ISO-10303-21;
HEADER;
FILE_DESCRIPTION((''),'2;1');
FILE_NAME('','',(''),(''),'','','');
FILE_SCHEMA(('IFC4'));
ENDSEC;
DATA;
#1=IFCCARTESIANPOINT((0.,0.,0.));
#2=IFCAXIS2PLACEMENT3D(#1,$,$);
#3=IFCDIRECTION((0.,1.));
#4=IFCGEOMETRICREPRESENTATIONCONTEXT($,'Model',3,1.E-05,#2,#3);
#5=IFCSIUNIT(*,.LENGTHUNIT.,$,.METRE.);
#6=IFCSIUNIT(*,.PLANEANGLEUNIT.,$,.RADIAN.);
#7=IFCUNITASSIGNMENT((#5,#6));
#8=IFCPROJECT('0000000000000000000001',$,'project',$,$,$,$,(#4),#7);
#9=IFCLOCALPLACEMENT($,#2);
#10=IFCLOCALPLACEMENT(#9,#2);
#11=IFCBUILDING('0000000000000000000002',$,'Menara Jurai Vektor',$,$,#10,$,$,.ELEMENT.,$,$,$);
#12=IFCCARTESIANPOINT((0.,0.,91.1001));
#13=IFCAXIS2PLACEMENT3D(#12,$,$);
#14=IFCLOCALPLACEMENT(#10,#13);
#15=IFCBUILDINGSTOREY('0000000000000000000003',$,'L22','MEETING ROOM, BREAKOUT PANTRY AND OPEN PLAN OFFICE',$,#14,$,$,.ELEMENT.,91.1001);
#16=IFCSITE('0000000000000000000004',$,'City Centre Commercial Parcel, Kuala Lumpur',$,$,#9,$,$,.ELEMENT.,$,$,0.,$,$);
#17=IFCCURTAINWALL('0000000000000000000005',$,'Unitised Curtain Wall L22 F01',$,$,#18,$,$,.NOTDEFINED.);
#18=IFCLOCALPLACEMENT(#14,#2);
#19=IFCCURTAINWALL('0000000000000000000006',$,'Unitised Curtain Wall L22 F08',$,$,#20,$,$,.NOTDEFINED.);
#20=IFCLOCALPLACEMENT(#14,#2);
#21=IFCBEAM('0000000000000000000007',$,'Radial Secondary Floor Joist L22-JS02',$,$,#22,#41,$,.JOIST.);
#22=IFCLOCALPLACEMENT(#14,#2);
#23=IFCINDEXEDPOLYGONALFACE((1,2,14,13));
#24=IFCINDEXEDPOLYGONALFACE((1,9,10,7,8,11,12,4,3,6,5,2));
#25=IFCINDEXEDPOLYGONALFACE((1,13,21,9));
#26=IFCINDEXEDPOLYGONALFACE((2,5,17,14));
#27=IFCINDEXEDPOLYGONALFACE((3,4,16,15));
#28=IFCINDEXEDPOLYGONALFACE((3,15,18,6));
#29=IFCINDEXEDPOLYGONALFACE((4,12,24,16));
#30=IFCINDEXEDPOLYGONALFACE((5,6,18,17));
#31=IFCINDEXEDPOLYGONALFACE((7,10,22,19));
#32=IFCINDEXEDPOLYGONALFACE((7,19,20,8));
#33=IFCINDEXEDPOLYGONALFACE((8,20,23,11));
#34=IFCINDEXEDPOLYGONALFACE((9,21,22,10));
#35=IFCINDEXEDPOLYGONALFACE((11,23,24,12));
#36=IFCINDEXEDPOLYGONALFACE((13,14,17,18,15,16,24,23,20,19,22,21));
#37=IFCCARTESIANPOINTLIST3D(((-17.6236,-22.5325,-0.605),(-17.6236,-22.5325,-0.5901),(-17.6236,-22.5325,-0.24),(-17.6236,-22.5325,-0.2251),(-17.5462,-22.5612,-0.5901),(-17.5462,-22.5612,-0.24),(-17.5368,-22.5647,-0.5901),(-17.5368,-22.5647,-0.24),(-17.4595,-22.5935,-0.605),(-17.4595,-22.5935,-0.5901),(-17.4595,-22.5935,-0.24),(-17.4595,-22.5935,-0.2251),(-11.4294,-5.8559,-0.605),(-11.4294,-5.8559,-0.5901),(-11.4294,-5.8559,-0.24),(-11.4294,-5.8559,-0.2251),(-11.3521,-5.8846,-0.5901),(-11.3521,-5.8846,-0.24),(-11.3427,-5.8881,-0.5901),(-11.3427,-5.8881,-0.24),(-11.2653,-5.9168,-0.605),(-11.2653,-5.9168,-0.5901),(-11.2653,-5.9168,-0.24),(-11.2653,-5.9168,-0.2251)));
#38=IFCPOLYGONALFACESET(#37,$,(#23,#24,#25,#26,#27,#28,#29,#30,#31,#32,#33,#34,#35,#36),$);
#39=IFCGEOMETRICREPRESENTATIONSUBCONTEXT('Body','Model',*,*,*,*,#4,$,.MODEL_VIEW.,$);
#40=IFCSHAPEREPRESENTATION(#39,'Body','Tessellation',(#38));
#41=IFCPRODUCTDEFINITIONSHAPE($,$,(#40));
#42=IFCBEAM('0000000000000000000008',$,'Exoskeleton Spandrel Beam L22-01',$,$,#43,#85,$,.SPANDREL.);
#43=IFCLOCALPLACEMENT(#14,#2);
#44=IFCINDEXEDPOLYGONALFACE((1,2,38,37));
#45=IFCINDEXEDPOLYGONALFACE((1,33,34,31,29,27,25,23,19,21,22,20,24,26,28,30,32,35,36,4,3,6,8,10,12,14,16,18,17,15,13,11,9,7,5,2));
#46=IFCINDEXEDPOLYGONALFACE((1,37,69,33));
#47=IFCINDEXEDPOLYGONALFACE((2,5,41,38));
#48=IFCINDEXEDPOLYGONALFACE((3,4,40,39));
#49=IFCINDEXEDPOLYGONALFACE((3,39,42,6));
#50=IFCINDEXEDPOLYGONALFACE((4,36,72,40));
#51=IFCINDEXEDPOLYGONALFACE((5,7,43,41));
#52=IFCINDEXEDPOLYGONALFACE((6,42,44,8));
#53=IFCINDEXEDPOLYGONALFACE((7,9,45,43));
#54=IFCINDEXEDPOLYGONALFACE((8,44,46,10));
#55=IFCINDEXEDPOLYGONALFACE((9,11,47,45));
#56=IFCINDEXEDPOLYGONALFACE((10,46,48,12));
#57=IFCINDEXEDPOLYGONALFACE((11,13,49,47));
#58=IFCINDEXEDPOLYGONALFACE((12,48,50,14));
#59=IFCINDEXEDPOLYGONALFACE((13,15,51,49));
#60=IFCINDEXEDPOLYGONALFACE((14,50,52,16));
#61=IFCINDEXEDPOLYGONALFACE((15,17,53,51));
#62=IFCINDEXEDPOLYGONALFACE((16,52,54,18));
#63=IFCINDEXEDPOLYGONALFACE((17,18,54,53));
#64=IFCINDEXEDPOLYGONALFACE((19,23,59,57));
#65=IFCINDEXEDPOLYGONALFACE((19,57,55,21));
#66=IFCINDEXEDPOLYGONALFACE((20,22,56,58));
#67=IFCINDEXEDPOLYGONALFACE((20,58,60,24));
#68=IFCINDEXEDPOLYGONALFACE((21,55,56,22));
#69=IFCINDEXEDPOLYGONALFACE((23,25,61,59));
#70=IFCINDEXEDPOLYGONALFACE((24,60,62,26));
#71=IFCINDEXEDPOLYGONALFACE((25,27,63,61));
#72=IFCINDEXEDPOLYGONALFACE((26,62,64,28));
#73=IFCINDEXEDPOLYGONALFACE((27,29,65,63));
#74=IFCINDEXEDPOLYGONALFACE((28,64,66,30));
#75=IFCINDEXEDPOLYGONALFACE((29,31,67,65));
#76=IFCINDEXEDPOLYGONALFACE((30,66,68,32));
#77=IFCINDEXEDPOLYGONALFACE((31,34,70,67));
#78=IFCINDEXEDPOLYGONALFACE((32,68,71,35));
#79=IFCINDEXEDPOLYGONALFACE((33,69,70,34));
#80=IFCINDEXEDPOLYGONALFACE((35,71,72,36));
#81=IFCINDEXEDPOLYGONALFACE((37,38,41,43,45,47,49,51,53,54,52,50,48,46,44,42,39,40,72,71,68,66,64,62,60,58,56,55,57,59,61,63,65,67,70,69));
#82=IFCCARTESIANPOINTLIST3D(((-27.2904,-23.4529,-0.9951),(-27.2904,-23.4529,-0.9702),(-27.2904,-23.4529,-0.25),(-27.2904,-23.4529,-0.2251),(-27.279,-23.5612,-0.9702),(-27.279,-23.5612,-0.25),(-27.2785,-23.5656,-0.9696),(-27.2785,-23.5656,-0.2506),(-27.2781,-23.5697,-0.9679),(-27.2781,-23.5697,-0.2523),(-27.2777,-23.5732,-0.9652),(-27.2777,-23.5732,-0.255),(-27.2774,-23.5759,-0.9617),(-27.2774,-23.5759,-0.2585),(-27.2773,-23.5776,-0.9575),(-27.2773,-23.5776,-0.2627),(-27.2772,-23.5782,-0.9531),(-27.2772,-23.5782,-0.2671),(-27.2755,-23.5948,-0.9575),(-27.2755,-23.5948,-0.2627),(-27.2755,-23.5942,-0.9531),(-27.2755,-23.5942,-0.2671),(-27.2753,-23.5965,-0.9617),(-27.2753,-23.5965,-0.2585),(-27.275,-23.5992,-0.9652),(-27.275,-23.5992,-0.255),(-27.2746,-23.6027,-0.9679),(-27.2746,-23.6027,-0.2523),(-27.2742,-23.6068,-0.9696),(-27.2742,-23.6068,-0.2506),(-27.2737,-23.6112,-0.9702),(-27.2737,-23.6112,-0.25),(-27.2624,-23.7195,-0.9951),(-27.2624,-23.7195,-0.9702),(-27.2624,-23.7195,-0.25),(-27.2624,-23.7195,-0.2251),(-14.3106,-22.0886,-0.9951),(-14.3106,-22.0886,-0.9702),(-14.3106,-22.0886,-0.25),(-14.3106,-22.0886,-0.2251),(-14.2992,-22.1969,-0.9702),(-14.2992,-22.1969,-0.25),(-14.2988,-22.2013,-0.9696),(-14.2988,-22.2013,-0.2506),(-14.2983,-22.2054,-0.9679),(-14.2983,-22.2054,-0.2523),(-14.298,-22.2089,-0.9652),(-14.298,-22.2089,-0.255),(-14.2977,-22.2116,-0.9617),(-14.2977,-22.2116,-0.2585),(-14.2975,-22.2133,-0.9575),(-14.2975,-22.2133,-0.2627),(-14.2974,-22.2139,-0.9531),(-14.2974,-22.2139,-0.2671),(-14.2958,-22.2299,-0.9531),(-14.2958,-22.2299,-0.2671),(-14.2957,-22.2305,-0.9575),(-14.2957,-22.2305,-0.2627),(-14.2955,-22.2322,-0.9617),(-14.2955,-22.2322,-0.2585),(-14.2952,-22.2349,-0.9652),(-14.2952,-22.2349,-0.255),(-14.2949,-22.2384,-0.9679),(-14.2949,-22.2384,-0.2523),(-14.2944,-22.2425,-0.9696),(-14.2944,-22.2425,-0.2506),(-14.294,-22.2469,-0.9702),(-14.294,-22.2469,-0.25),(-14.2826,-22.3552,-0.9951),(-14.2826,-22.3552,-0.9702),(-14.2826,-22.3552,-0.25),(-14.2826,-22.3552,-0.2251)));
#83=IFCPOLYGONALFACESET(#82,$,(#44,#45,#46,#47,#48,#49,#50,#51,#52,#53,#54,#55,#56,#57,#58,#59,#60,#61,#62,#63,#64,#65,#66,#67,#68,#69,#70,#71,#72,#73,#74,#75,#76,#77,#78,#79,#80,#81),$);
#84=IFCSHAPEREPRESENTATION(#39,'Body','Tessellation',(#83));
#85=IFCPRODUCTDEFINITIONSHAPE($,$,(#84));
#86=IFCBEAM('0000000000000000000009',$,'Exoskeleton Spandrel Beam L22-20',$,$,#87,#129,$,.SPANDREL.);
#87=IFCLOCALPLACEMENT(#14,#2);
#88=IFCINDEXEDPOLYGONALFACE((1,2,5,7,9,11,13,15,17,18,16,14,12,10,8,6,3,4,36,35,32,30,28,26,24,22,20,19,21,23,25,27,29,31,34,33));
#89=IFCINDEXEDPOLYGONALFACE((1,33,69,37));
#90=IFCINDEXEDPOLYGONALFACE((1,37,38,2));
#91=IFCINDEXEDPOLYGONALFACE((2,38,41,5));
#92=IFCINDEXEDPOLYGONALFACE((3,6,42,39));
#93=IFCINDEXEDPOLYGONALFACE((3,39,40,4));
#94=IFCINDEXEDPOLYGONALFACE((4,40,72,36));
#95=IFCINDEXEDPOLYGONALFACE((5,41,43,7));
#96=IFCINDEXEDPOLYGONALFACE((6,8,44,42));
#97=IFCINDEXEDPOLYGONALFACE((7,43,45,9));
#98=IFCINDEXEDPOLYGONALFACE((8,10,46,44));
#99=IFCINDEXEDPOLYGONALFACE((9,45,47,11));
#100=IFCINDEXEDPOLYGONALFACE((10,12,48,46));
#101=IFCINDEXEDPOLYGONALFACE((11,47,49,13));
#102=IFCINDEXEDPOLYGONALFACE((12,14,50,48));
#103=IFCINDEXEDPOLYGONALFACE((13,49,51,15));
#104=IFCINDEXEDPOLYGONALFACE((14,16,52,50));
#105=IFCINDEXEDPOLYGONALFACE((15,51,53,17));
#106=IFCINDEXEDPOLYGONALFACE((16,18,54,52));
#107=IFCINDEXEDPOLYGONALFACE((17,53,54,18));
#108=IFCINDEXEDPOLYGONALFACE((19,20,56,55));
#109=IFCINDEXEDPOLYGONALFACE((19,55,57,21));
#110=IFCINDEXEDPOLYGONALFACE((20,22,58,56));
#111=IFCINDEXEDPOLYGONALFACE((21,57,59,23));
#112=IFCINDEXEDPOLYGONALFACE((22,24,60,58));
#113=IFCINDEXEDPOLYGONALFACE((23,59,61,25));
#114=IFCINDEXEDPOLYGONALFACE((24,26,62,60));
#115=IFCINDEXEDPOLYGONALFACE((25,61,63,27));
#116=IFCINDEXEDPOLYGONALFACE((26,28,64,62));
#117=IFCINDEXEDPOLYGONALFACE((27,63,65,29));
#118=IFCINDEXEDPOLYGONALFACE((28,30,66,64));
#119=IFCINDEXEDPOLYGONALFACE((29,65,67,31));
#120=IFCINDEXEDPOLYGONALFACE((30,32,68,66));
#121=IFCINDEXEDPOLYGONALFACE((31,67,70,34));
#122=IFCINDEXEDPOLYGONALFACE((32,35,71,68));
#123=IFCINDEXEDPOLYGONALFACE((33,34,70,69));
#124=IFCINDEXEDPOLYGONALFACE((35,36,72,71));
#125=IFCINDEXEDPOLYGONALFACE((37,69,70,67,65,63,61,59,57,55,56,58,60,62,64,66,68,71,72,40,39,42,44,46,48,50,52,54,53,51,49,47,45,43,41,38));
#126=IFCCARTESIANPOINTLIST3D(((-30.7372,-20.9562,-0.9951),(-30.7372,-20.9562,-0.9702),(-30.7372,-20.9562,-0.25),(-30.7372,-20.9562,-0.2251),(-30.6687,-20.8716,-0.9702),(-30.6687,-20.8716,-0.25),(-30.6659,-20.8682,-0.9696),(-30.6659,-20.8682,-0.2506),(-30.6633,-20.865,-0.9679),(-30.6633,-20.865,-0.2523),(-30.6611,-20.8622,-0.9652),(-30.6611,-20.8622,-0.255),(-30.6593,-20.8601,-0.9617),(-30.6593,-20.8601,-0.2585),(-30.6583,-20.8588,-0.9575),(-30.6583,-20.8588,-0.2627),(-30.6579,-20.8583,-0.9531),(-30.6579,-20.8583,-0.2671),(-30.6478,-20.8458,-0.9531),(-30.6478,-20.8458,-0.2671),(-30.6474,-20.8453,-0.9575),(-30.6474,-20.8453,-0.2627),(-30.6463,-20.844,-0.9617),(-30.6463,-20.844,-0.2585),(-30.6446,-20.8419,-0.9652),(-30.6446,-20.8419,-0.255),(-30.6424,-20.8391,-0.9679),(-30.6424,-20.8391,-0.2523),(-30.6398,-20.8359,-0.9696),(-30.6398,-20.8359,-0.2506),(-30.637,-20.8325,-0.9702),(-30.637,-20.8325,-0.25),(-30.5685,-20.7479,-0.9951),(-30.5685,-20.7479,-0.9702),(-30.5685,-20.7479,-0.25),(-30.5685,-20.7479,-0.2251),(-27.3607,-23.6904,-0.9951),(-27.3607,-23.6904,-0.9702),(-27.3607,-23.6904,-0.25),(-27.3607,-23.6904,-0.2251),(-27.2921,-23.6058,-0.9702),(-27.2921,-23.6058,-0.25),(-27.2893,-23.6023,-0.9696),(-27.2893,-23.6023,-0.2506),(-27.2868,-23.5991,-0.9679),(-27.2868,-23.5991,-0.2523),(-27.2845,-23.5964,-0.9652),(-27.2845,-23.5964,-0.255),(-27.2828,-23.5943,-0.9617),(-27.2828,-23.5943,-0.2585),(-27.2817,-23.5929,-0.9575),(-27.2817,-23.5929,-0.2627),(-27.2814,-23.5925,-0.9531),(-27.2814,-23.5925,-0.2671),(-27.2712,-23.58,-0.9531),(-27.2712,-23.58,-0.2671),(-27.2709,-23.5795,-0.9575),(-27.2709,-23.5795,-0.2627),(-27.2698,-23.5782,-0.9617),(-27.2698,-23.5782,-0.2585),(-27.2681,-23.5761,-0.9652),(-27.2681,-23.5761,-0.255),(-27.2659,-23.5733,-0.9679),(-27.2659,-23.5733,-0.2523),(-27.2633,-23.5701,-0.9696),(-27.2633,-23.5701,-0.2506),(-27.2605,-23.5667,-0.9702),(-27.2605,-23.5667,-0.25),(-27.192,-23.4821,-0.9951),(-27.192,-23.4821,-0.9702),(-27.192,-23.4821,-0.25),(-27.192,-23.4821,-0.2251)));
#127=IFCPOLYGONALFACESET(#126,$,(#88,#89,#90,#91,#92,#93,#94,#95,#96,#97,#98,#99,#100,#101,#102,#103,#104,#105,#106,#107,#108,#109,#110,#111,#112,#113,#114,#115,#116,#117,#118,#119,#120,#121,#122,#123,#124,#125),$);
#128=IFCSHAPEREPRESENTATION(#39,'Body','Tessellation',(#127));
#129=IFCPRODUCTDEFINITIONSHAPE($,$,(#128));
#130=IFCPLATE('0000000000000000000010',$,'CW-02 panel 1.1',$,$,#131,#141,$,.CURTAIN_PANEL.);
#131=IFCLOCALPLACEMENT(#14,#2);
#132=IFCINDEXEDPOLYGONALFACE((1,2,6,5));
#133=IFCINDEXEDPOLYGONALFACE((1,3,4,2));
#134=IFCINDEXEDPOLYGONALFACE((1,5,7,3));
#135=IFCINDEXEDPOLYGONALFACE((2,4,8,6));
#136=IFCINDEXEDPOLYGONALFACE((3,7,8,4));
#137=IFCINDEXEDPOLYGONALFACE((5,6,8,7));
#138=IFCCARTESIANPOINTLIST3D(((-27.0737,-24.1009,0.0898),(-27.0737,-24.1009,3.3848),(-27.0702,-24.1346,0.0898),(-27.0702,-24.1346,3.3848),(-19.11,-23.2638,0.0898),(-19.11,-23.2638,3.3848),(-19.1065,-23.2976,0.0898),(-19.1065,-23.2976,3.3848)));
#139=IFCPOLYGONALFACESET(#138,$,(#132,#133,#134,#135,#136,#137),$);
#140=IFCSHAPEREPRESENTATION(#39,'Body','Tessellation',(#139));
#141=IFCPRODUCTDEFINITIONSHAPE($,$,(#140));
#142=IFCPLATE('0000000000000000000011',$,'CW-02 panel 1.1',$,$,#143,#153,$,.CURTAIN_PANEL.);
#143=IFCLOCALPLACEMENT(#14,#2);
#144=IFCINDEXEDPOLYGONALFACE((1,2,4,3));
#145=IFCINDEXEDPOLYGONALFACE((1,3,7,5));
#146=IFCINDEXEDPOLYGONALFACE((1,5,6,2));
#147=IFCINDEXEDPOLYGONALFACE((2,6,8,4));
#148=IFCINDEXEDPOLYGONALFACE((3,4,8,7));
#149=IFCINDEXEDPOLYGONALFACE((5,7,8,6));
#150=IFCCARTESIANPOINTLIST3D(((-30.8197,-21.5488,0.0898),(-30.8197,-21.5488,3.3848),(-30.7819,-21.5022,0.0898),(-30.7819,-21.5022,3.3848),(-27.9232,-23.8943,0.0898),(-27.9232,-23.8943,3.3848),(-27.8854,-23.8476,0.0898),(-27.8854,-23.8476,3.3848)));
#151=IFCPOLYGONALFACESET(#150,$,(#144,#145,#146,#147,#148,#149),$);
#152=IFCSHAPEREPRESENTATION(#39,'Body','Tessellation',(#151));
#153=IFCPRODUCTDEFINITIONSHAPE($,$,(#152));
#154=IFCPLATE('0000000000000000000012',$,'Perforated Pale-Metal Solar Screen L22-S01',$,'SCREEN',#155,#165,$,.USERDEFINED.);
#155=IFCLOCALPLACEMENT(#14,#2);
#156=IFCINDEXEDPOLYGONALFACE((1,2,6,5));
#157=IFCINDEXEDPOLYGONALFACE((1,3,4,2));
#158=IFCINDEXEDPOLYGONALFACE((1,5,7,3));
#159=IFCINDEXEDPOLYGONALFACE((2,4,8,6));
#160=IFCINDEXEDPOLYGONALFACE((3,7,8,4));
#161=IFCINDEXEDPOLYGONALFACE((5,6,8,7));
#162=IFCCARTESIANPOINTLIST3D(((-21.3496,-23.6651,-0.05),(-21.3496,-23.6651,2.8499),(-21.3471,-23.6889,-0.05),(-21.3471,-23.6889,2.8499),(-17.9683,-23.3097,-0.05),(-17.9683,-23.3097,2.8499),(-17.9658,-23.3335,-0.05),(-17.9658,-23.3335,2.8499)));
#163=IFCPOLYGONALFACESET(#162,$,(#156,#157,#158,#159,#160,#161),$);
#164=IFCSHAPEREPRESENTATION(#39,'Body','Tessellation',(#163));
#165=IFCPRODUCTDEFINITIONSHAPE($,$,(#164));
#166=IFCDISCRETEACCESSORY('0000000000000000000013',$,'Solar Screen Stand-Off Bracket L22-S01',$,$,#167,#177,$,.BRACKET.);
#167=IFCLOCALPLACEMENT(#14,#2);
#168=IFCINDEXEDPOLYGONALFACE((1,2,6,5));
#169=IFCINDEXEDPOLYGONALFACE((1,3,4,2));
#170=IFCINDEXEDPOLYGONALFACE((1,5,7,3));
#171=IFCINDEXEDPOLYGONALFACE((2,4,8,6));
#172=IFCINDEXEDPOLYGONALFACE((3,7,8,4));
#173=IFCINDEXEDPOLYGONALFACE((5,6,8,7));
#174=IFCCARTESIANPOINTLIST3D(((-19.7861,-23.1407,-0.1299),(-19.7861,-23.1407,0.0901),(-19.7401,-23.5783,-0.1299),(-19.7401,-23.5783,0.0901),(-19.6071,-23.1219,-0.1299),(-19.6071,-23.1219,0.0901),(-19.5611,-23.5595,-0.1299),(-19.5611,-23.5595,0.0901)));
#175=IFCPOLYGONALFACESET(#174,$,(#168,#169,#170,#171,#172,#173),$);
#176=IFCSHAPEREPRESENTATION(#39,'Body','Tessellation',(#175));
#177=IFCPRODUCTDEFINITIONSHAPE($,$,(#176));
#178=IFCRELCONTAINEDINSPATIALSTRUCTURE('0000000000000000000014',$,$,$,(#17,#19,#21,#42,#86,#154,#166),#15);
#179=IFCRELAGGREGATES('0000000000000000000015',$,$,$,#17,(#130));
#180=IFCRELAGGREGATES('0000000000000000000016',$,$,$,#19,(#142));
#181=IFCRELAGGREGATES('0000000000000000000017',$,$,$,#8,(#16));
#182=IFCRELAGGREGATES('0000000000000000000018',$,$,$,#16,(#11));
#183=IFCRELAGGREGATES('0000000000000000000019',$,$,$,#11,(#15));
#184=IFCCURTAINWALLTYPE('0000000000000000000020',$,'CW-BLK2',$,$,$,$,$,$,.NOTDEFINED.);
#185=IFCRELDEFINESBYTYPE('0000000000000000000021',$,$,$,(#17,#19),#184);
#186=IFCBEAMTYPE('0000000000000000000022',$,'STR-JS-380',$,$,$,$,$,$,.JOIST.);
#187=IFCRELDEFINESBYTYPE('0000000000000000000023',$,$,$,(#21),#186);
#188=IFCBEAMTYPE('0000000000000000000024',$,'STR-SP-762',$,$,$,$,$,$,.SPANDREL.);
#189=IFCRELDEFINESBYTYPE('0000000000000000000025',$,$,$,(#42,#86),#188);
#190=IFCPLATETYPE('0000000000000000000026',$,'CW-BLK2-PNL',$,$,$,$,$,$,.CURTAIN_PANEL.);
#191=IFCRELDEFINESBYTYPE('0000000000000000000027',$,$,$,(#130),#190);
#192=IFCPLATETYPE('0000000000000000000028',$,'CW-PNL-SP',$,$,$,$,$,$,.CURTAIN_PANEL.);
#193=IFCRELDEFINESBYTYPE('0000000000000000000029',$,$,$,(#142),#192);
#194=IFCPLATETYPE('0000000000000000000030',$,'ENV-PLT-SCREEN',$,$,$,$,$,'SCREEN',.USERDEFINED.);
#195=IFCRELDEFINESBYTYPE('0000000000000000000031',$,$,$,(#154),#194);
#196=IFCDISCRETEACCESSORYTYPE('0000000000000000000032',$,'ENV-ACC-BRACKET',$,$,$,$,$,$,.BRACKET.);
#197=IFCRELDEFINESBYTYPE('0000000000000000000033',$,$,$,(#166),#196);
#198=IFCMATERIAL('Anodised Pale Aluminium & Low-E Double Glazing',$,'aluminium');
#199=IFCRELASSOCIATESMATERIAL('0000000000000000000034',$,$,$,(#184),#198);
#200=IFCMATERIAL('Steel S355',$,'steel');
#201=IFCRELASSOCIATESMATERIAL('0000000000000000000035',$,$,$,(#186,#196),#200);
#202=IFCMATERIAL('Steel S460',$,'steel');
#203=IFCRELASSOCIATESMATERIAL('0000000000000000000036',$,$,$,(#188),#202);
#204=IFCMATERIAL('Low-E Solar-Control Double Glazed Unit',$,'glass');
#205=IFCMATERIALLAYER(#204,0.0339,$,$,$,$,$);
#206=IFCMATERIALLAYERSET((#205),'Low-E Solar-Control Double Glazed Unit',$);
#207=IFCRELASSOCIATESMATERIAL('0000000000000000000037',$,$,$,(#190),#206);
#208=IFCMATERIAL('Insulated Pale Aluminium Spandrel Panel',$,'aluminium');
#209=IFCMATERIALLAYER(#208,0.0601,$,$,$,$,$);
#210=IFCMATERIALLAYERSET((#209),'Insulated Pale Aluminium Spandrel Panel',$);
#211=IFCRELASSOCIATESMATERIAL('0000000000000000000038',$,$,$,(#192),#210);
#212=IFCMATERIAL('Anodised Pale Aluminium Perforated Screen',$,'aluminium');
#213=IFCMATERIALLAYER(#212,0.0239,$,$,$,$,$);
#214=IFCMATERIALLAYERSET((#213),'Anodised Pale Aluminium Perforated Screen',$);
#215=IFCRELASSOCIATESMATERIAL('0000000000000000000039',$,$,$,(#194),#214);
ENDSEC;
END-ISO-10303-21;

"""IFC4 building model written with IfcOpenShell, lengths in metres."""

from ifc_helpers import new_model, si_unit, direction, frame, origin, origin_2d, place, context, subcontext, project, spatial, rectangle, i_section, extrude, material, layer, layer_set, material_profile, profile_set, type_object, element, aggregate, save


model = new_model("IFC4")

# Units and contexts
model_context = context("Model", 3, precision=1e-05, world=origin(), true_north=direction((0.0, 1.0)))
body_context = subcontext(model_context, "Body", "Model", "MODEL_VIEW")
ifc_project = project(units=[si_unit("LENGTHUNIT", "METRE"), si_unit("PLANEANGLEUNIT", "RADIAN")], contexts=[model_context])

# Site, building, storey
site_placement = place(None, origin())
site = spatial("IfcSite", under=ifc_project, at=site_placement, Name="City Centre Commercial Parcel, Kuala Lumpur", CompositionType="ELEMENT", RefElevation=0.0)
building_placement = place(site_placement, origin())
building = spatial("IfcBuilding", under=site, at=building_placement, Name="Menara Jurai Vektor", CompositionType="ELEMENT")
storey_placement = place(building_placement, frame((0.0, 0.0, 91.1001)))
storey = spatial("IfcBuildingStorey", under=building, at=storey_placement, Name="L22", Description="MEETING ROOM, BREAKOUT PANTRY AND OPEN PLAN OFFICE", CompositionType="ELEMENT", Elevation=91.1001)

# Shared definitions
ifc_material_1 = material(Name="Steel S460", Category="steel")

# Curtain walls
ifc_material_2 = material(Name="Anodised Pale Aluminium & Low-E Double Glazing", Category="aluminium")
curtain_wall_type = type_object("IfcCurtainWallType", Name="CW-BLK2", PredefinedType="NOTDEFINED", material=ifc_material_2)
curtain_wall_1_placement = place(storey_placement, origin())
curtain_wall_1 = element("IfcCurtainWall", 1, at=curtain_wall_1_placement, inside=storey, type_object=curtain_wall_type, Name="Unitised Curtain Wall L22 F01", PredefinedType="NOTDEFINED")
curtain_wall_2_placement = place(storey_placement, origin())
curtain_wall_2 = element("IfcCurtainWall", 2, at=curtain_wall_2_placement, inside=storey, type_object=curtain_wall_type, Name="Unitised Curtain Wall L22 F08", PredefinedType="NOTDEFINED")

# Shared definitions
ifc_material_3 = material(Name="Steel S355", Category="steel")

# Beams
ifc_material_profile_1 = material_profile(ifc_material_3, i_section(OverallWidth=0.175, OverallDepth=0.3799, WebThickness=0.01, FlangeThickness=0.0149, at=origin_2d()), Name="PG 380x175x58")
ifc_profile_set_1 = profile_set([ifc_material_profile_1], Name="Steel S355")
beam_type_1 = type_object("IfcBeamType", Name="STR-JS-380", PredefinedType="JOIST", material=ifc_profile_set_1)
beam_1_placement = place(storey_placement, frame((-17.5415, -22.563, -0.415), z_axis=(0.348184, 0.937426, 0.0), x_axis=(-0.937426, 0.348184, 0.0)))
element("IfcBeam", 3, at=beam_1_placement, inside=storey, type_object=beam_type_1, Name="Radial Secondary Floor Joist L22-JS02", PredefinedType="JOIST", context=body_context, shape_type="SweptSolid", body=[
    extrude(i_section(OverallWidth=0.175, OverallDepth=0.3799, WebThickness=0.01, FlangeThickness=0.0149, at=origin_2d()), origin(), (0.0, 0.0, 1.0), 17.7898),
])
ifc_material_profile_2 = material_profile(ifc_material_1, i_section(OverallWidth=0.2681, OverallDepth=0.77, WebThickness=0.0161, FlangeThickness=0.0249, FilletRadius=0.0171, at=origin_2d()), Name="UKB 762x267x197")
ifc_profile_set_2 = profile_set([ifc_material_profile_2], Name="Steel S460")
beam_type_2 = type_object("IfcBeamType", Name="STR-SP-762", PredefinedType="SPANDREL", material=ifc_profile_set_2)
beam_2_placement = place(storey_placement, frame((-27.2764, -23.5862, -0.6101), z_axis=(0.994522, 0.104531, 0.0), x_axis=(-0.104531, 0.994522, 0.0)))
element("IfcBeam", 4, at=beam_2_placement, inside=storey, type_object=beam_type_2, Name="Exoskeleton Spandrel Beam L22-01", PredefinedType="SPANDREL", context=body_context, shape_type="SweptSolid", body=[
    extrude(i_section(OverallWidth=0.2681, OverallDepth=0.77, WebThickness=0.0161, FlangeThickness=0.0249, FilletRadius=0.0171, at=origin_2d()), origin(), (0.0, 0.0, 1.0), 13.0513),
])
beam_3_placement = place(storey_placement, frame((-30.6528, -20.8521, -0.6101), z_axis=(0.777155, -0.62931, 0.0), x_axis=(0.62931, 0.777155, 0.0)))
element("IfcBeam", 5, at=beam_3_placement, inside=storey, type_object=beam_type_2, Name="Exoskeleton Spandrel Beam L22-20", PredefinedType="SPANDREL", context=body_context, shape_type="SweptSolid", body=[
    extrude(i_section(OverallWidth=0.2681, OverallDepth=0.77, WebThickness=0.0161, FlangeThickness=0.0249, FilletRadius=0.0171, at=origin_2d()), origin(), (0.0, 0.0, 1.0), 4.3447),
])

# Plates
ifc_material_4 = material(Name="Low-E Solar-Control Double Glazed Unit", Category="glass")
ifc_layer_1 = layer(ifc_material_4, 0.0339)
ifc_layer_set_1 = layer_set([ifc_layer_1], Name="Low-E Solar-Control Double Glazed Unit")
plate_type_1 = type_object("IfcPlateType", Name="CW-BLK2-PNL", PredefinedType="CURTAIN_PANEL", material=ifc_layer_set_1)
plate_1_placement = place(storey_placement, frame((-23.0901, -23.6992, 0.0898), z_axis=(0.0, 0.0, 1.0), x_axis=(0.994522, 0.104529, 0.0)))
plate_1 = element("IfcPlate", 6, at=plate_1_placement, type_object=plate_type_1, Name="CW-02 panel 1.1", PredefinedType="CURTAIN_PANEL", context=body_context, shape_type="SweptSolid", body=[
    extrude(rectangle(XDim=8.0076, YDim=0.0339, at=origin_2d()), origin(), (0.0, 0.0, 1.0), 3.2949),
])
aggregate(curtain_wall_1, [plate_1])
ifc_material_5 = material(Name="Insulated Pale Aluminium Spandrel Panel", Category="aluminium")
ifc_layer_2 = layer(ifc_material_5, 0.0601)
ifc_layer_set_2 = layer_set([ifc_layer_2], Name="Insulated Pale Aluminium Spandrel Panel")
plate_type_2 = type_object("IfcPlateType", Name="CW-PNL-SP", PredefinedType="CURTAIN_PANEL", material=ifc_layer_set_2)
plate_2_placement = place(storey_placement, frame((-29.3525, -22.6982, 0.0898), z_axis=(0.0, 0.0, 1.0), x_axis=(0.777152, -0.629313, 0.0)))
plate_2 = element("IfcPlate", 7, at=plate_2_placement, type_object=plate_type_2, Name="CW-02 panel 1.1", PredefinedType="CURTAIN_PANEL", context=body_context, shape_type="SweptSolid", body=[
    extrude(rectangle(XDim=3.7271, YDim=0.0601, at=origin_2d()), origin(), (0.0, 0.0, 1.0), 3.2949),
])
aggregate(curtain_wall_2, [plate_2])
ifc_material_6 = material(Name="Anodised Pale Aluminium Perforated Screen", Category="aluminium")
ifc_layer_3 = layer(ifc_material_6, 0.0239)
ifc_layer_set_3 = layer_set([ifc_layer_3], Name="Anodised Pale Aluminium Perforated Screen")
plate_type_3 = type_object("IfcPlateType", Name="ENV-PLT-SCREEN", ElementType="SCREEN", PredefinedType="USERDEFINED", material=ifc_layer_set_3)
plate_3_placement = place(storey_placement, frame((-19.6577, -23.4993, -0.05), z_axis=(0.0, 0.0, 1.0), x_axis=(0.994522, 0.104528, 0.0)))
element("IfcPlate", 8, at=plate_3_placement, inside=storey, type_object=plate_type_3, Name="Perforated Pale-Metal Solar Screen L22-S01", ObjectType="SCREEN", PredefinedType="USERDEFINED", context=body_context, shape_type="SweptSolid", body=[
    extrude(rectangle(XDim=3.3999, YDim=0.0239, at=origin_2d()), origin(), (0.0, 0.0, 1.0), 2.8999),
])

# Discrete accessory
discrete_accessory_type = type_object("IfcDiscreteAccessoryType", Name="ENV-ACC-BRACKET", PredefinedType="BRACKET", material=ifc_material_3)
discrete_accessory_placement = place(storey_placement, frame((-19.6736, -23.3501, -0.1299), z_axis=(0.0, 0.0, 1.0), x_axis=(0.994522, 0.104528, 0.0)))
element("IfcDiscreteAccessory", 9, at=discrete_accessory_placement, inside=storey, type_object=discrete_accessory_type, Name="Solar Screen Stand-Off Bracket L22-S01", PredefinedType="BRACKET", context=body_context, shape_type="SweptSolid", body=[
    extrude(rectangle(XDim=0.1799, YDim=0.4399, at=origin_2d()), origin(), (0.0, 0.0, 1.0), 0.22),
])

save(model, "model.ifc")
